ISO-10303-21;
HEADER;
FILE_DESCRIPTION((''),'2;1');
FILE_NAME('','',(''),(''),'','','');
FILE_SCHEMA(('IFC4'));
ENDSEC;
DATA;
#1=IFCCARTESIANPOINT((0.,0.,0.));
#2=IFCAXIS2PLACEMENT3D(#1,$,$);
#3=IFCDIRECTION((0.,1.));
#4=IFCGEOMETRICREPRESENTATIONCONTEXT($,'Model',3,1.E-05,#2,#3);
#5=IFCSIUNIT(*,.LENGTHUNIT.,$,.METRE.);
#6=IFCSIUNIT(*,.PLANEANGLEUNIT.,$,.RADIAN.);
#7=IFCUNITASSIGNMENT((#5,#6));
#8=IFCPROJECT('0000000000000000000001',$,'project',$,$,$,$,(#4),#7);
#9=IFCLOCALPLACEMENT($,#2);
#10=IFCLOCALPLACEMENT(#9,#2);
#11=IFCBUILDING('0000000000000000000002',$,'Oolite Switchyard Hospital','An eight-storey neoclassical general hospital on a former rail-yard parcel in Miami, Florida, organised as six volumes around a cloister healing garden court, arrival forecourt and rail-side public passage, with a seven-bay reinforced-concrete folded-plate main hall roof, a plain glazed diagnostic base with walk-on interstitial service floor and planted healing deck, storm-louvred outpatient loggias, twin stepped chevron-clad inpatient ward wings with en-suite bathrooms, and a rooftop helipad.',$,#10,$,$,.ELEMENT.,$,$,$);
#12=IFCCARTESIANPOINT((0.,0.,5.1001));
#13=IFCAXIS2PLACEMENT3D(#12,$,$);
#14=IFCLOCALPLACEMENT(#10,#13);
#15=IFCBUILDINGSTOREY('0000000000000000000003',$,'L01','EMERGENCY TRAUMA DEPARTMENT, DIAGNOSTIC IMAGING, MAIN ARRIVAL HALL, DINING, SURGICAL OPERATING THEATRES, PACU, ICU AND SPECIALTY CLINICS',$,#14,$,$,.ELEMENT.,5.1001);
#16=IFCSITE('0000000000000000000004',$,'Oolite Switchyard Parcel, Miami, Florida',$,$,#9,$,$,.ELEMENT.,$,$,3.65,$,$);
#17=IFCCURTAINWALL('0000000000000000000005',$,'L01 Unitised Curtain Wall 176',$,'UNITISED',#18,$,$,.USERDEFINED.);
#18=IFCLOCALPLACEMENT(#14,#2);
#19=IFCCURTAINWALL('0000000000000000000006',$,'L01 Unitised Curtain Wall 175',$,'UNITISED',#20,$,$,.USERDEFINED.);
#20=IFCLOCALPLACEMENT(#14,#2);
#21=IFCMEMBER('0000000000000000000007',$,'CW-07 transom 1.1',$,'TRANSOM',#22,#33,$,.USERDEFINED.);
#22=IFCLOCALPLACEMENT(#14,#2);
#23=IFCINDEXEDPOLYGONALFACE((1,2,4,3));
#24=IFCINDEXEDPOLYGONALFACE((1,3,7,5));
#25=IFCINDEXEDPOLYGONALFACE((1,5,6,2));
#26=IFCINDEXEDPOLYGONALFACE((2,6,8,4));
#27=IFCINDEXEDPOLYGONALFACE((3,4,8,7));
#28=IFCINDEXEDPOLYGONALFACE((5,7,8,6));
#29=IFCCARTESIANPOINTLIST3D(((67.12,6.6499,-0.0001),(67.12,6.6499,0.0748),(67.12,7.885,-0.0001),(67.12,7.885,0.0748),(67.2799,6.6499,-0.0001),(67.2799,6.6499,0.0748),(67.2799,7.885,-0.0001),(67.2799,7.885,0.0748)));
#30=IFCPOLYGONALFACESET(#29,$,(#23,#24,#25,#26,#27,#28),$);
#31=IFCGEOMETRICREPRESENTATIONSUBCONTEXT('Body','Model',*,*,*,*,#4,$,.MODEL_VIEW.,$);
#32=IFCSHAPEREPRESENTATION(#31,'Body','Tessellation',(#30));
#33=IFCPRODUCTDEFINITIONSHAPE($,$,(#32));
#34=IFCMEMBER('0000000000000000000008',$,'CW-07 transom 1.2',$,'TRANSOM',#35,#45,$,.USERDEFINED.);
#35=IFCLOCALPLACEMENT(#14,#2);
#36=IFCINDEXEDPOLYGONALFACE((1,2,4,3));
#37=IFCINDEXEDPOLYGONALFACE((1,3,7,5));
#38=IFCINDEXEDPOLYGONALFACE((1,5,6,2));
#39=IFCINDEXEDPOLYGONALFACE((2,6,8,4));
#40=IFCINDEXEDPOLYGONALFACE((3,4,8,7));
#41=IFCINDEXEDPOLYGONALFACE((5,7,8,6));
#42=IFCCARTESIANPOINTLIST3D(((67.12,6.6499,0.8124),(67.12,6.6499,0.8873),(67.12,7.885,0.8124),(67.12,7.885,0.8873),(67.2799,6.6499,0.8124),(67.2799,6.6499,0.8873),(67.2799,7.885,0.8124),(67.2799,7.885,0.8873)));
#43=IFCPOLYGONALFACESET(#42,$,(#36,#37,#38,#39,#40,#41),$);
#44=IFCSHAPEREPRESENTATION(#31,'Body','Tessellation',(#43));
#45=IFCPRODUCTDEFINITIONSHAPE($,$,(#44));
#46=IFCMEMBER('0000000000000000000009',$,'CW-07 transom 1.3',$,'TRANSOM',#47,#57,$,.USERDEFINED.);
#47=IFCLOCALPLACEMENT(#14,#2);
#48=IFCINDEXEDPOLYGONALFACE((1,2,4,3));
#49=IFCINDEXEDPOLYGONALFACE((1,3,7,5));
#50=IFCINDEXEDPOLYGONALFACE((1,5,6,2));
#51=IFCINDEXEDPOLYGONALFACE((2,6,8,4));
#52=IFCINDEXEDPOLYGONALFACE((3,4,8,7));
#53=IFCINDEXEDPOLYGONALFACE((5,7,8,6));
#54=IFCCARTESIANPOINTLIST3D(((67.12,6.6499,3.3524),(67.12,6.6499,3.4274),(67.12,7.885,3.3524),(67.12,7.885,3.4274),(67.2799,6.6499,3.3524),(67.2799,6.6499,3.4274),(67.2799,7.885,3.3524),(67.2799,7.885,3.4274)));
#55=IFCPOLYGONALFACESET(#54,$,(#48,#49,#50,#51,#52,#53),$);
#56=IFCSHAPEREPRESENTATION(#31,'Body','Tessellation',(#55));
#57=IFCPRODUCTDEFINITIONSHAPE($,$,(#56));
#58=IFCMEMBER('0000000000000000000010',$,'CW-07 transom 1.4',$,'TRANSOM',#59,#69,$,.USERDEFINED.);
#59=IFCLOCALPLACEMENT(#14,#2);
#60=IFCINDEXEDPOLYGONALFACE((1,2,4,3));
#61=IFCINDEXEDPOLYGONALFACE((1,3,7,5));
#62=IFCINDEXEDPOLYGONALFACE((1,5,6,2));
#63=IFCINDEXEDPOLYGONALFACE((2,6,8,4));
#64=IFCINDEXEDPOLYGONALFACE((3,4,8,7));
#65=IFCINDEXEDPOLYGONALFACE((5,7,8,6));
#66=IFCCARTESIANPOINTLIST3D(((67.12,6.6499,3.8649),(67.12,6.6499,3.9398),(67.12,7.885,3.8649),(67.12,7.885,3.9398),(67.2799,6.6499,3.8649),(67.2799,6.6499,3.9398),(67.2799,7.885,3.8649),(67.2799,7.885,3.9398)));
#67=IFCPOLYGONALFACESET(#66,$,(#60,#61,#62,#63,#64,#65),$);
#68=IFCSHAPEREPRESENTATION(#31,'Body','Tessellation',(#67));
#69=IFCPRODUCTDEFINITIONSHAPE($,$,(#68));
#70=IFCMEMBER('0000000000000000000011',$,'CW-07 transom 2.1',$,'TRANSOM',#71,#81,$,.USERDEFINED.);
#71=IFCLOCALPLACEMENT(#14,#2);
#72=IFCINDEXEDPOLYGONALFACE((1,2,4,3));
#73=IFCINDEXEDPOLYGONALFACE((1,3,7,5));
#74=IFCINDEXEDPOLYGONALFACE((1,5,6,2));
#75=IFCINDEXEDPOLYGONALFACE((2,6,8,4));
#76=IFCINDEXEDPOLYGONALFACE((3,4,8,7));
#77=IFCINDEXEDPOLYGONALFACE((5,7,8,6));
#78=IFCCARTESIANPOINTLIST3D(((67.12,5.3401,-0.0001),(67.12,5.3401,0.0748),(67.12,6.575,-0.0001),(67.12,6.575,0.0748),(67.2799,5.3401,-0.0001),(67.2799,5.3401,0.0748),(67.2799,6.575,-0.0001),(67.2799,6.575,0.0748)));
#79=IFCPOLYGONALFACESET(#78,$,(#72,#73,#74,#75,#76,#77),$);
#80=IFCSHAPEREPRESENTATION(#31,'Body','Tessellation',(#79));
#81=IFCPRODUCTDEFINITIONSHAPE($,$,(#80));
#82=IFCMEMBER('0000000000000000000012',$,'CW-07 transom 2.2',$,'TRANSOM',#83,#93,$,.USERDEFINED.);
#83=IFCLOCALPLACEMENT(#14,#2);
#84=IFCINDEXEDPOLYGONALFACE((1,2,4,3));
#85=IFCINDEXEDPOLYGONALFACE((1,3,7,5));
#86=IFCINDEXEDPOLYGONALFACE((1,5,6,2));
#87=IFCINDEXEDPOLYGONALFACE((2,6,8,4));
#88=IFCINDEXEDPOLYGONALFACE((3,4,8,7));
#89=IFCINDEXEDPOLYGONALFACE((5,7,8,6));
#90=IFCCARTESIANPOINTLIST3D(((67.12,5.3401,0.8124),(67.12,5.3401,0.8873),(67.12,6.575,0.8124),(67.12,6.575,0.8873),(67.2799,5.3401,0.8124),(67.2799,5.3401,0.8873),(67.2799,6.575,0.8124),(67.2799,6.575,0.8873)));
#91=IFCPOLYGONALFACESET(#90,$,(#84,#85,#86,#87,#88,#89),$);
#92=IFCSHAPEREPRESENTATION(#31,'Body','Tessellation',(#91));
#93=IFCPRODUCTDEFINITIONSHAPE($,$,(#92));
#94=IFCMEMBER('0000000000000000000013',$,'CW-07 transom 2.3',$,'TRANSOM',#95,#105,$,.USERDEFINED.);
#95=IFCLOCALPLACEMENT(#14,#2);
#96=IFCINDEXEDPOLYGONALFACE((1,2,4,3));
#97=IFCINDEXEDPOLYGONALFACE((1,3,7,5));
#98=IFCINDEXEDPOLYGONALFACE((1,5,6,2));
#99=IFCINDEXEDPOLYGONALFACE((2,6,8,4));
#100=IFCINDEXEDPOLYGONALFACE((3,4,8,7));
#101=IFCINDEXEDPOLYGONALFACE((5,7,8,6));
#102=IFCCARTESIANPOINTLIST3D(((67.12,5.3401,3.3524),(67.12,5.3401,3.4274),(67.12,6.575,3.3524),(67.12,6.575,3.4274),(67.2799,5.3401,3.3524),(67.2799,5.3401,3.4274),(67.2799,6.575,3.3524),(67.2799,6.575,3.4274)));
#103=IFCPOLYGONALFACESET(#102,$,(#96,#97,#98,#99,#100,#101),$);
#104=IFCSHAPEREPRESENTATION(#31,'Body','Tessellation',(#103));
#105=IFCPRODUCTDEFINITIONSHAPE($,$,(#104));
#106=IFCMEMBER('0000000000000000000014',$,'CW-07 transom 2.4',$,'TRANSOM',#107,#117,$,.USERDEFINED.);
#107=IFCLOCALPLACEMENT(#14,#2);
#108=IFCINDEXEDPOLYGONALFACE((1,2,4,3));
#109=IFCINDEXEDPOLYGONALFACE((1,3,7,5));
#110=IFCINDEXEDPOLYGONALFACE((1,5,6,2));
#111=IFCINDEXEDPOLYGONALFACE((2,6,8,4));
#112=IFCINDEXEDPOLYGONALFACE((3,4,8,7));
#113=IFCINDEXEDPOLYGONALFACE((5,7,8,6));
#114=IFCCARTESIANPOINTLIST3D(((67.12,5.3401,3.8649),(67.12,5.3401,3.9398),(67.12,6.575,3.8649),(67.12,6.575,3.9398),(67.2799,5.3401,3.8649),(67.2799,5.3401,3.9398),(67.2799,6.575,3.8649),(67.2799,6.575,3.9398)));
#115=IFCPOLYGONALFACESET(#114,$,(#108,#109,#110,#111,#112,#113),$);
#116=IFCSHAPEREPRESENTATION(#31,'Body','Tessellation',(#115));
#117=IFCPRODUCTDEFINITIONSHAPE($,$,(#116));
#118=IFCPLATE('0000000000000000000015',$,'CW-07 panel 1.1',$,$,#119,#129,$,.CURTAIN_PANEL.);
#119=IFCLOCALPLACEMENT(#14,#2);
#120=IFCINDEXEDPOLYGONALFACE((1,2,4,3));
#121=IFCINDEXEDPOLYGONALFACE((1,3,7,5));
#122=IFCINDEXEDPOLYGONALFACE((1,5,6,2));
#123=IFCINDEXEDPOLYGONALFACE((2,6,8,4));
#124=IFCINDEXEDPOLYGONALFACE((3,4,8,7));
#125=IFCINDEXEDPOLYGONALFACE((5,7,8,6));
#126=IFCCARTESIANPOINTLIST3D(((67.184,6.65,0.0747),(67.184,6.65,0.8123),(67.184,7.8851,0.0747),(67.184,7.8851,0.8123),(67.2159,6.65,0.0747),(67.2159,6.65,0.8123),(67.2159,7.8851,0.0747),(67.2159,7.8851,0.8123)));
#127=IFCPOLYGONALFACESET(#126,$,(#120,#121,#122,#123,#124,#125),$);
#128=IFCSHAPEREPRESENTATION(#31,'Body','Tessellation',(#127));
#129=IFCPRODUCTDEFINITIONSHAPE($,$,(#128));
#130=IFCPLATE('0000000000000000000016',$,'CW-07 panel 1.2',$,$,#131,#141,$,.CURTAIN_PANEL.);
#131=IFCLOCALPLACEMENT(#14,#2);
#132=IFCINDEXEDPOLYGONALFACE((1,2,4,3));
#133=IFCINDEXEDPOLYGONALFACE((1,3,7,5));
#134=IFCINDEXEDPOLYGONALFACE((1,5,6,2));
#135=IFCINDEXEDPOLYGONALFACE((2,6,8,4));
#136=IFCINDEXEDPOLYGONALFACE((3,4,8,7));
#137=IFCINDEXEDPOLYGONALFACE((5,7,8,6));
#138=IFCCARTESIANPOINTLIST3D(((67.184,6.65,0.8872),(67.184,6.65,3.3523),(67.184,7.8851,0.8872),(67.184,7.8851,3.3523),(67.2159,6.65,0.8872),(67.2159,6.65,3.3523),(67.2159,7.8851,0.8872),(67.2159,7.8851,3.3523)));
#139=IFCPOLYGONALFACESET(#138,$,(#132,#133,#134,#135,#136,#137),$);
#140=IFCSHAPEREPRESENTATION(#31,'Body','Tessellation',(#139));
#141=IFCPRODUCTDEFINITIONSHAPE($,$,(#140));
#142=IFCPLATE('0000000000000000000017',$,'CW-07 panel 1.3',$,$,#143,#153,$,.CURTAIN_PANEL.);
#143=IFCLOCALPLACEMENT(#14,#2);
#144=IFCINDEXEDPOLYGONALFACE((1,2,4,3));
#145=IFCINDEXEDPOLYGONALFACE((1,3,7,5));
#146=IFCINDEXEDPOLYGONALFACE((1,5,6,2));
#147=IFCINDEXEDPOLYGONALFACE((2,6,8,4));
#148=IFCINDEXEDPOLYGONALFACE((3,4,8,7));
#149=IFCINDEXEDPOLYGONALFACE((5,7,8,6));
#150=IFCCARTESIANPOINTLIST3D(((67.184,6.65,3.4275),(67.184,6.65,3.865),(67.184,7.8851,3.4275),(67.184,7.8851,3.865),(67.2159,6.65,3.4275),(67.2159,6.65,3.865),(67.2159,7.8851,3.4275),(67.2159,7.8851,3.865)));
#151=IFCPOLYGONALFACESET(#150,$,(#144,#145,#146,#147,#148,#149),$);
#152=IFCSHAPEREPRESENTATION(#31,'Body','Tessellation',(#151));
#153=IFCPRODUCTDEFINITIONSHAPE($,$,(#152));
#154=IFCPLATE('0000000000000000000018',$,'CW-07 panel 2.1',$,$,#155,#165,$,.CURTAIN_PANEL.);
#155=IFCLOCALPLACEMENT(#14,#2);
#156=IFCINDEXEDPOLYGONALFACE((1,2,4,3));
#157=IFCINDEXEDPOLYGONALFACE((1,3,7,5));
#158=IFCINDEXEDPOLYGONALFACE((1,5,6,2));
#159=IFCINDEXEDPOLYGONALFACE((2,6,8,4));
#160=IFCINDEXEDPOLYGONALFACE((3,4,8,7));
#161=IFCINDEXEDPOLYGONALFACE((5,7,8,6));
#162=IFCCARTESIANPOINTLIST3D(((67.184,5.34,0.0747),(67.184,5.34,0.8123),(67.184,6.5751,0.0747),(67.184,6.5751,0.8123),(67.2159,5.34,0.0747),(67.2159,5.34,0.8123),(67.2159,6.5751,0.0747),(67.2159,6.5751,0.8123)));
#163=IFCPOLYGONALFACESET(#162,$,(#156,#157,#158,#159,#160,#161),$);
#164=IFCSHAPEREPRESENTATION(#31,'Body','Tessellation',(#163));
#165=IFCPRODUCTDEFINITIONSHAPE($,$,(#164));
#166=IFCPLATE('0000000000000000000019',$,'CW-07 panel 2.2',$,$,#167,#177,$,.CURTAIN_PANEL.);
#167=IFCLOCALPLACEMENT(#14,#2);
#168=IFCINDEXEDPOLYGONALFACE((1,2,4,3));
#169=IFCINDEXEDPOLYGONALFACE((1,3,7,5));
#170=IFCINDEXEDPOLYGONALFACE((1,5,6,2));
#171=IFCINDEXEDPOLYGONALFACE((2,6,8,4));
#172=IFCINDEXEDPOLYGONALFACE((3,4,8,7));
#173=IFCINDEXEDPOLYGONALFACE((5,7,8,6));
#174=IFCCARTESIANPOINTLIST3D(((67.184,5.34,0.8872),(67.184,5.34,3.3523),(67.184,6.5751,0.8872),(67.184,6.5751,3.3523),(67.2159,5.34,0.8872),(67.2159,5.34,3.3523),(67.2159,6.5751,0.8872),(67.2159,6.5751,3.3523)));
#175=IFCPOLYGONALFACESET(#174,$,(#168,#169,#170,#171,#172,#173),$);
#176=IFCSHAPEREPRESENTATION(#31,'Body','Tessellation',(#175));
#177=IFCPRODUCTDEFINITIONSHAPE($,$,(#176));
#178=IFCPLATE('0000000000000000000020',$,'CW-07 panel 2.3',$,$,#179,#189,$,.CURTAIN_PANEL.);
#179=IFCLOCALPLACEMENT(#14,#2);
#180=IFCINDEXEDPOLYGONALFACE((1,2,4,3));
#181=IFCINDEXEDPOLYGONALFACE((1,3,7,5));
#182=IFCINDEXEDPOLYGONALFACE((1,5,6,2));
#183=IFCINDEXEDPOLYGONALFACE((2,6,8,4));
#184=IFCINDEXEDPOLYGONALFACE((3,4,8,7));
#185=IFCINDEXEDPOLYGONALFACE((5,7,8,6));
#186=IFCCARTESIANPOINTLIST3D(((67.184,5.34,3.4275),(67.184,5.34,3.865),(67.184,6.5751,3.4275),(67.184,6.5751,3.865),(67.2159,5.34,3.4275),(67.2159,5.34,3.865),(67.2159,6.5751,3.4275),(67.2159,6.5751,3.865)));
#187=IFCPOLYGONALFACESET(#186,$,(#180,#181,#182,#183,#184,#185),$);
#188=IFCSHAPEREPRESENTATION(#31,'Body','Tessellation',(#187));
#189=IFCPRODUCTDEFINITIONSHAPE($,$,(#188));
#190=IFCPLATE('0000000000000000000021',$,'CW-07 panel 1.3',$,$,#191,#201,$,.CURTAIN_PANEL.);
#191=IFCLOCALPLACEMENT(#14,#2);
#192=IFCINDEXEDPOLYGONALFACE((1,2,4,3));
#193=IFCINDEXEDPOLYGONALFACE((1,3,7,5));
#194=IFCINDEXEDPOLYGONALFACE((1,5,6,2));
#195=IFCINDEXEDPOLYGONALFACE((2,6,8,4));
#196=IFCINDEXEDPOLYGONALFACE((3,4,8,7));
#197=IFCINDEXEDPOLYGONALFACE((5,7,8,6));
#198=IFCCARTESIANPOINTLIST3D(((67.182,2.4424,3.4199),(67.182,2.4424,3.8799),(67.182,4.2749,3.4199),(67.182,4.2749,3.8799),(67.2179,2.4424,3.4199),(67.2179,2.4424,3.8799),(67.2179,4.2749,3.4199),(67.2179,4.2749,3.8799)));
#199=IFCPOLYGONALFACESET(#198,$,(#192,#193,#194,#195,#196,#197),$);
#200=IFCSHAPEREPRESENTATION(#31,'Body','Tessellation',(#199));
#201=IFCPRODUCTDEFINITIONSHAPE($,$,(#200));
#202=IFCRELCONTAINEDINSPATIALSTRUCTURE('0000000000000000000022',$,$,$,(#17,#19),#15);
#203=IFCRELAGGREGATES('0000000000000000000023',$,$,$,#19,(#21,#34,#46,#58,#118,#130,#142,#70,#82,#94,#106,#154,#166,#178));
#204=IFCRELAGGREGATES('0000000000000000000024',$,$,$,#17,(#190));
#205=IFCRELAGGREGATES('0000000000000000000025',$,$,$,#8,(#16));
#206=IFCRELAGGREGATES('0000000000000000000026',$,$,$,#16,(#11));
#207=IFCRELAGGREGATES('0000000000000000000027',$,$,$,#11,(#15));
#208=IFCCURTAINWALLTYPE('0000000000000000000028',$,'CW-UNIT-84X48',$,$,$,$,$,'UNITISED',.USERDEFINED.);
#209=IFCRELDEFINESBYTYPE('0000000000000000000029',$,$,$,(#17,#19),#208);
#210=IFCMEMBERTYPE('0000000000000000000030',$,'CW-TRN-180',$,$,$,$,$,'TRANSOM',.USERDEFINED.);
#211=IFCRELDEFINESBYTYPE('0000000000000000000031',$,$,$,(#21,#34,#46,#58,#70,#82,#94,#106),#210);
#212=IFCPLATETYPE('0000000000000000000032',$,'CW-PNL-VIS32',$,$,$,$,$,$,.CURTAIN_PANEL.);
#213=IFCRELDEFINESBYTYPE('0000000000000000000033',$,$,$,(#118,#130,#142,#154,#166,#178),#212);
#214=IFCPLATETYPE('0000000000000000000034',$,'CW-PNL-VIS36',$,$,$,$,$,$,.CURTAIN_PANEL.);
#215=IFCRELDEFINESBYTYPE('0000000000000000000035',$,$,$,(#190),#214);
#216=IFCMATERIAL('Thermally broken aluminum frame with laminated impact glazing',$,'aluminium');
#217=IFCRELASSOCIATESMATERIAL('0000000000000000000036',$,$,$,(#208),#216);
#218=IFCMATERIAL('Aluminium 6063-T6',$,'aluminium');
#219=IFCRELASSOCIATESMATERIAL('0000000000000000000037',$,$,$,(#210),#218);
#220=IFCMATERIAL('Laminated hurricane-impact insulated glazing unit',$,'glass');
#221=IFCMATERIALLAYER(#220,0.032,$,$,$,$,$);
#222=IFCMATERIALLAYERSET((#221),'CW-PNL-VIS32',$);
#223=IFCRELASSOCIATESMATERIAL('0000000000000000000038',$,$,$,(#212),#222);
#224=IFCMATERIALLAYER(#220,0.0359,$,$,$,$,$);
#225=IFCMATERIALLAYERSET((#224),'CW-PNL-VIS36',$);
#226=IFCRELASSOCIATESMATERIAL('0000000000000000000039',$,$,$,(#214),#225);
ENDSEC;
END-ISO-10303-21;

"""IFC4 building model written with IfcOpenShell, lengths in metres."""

from ifc_helpers import new_model, si_unit, direction, frame, origin, origin_2d, place, context, subcontext, project, spatial, rectangle, extrude, material, layer, layer_set, material_profile, profile_set, type_object, element, aggregate, save


model = new_model("IFC4")

# Units and contexts
model_context = context("Model", 3, precision=1e-05, world=origin(), true_north=direction((0.0, 1.0)))
body_context = subcontext(model_context, "Body", "Model", "MODEL_VIEW")
ifc_project = project(units=[si_unit("LENGTHUNIT", "METRE"), si_unit("PLANEANGLEUNIT", "RADIAN")], contexts=[model_context])

# Site, building, storey
site_placement = place(None, origin())
site = spatial("IfcSite", under=ifc_project, at=site_placement, Name="Oolite Switchyard Parcel, Miami, Florida", CompositionType="ELEMENT", RefElevation=3.65)
building_placement = place(site_placement, origin())
building = spatial("IfcBuilding", under=site, at=building_placement, Name="Oolite Switchyard Hospital", Description="An eight-storey neoclassical general hospital on a former rail-yard parcel in Miami, Florida, organised as six volumes around a cloister healing garden court, arrival forecourt and rail-side public passage, with a seven-bay reinforced-concrete folded-plate main hall roof, a plain glazed diagnostic base with walk-on interstitial service floor and planted healing deck, storm-louvred outpatient loggias, twin stepped chevron-clad inpatient ward wings with en-suite bathrooms, and a rooftop helipad.", CompositionType="ELEMENT")
storey_placement = place(building_placement, frame((0.0, 0.0, 5.1001)))
storey = spatial("IfcBuildingStorey", under=building, at=storey_placement, Name="L01", Description="EMERGENCY TRAUMA DEPARTMENT, DIAGNOSTIC IMAGING, MAIN ARRIVAL HALL, DINING, SURGICAL OPERATING THEATRES, PACU, ICU AND SPECIALTY CLINICS", CompositionType="ELEMENT", Elevation=5.1001)

# Curtain wall
ifc_material_1 = material(Name="Thermally broken aluminum frame with laminated impact glazing", Category="aluminium")
curtain_wall_type = type_object("IfcCurtainWallType", Name="CW-UNIT-84X48", ElementType="UNITISED", PredefinedType="USERDEFINED", material=ifc_material_1)
curtain_wall_1_placement = place(storey_placement, origin())
curtain_wall_1 = element("IfcCurtainWall", 1, at=curtain_wall_1_placement, inside=storey, type_object=curtain_wall_type, Name="L01 Unitised Curtain Wall 176", ObjectType="UNITISED", PredefinedType="USERDEFINED")
ifc_material_2 = material(Name="Aluminium 6063-T6", Category="aluminium")

# Curtain wall
curtain_wall_2_placement = place(storey_placement, origin())
curtain_wall_2 = element("IfcCurtainWall", 2, at=curtain_wall_2_placement, inside=storey, type_object=curtain_wall_type, Name="L01 Unitised Curtain Wall 175", ObjectType="UNITISED", PredefinedType="USERDEFINED")

# Members
ifc_material_profile_1 = material_profile(ifc_material_2, rectangle(XDim=0.1599, YDim=0.075, at=origin_2d()), Name="CWT75X160")
ifc_profile_set_1 = profile_set([ifc_material_profile_1], Name="Aluminium 6063-T6")
member_type_1 = type_object("IfcMemberType", Name="CW-TRN-180", ElementType="TRANSOM", PredefinedType="USERDEFINED", material=ifc_profile_set_1)
member_1_placement = place(storey_placement, frame((67.2, 7.885, 0.0374), z_axis=(0.0, -1.0, 0.0), x_axis=(1.0, 0.0, 0.0)))
member_1 = element("IfcMember", 3, at=member_1_placement, type_object=member_type_1, Name="CW-07 transom 1.1", ObjectType="TRANSOM", PredefinedType="USERDEFINED", context=body_context, shape_type="SweptSolid", body=[
    extrude(rectangle(XDim=0.1599, YDim=0.075, at=origin_2d()), origin(), (0.0, 0.0, 1.0), 1.2351),
])
member_2_placement = place(storey_placement, frame((67.2, 7.885, 0.8499), z_axis=(0.0, -1.0, 0.0), x_axis=(1.0, 0.0, 0.0)))
member_2 = element("IfcMember", 4, at=member_2_placement, type_object=member_type_1, Name="CW-07 transom 1.2", ObjectType="TRANSOM", PredefinedType="USERDEFINED", context=body_context, shape_type="SweptSolid", body=[
    extrude(rectangle(XDim=0.1599, YDim=0.075, at=origin_2d()), origin(), (0.0, 0.0, 1.0), 1.2351),
])
member_3_placement = place(storey_placement, frame((67.2, 7.885, 3.3899), z_axis=(0.0, -1.0, 0.0), x_axis=(1.0, 0.0, 0.0)))
member_3 = element("IfcMember", 5, at=member_3_placement, type_object=member_type_1, Name="CW-07 transom 1.3", ObjectType="TRANSOM", PredefinedType="USERDEFINED", context=body_context, shape_type="SweptSolid", body=[
    extrude(rectangle(XDim=0.1599, YDim=0.075, at=origin_2d()), origin(), (0.0, 0.0, 1.0), 1.2351),
])
member_4_placement = place(storey_placement, frame((67.2, 7.885, 3.9023), z_axis=(0.0, -1.0, 0.0), x_axis=(1.0, 0.0, 0.0)))
member_4 = element("IfcMember", 6, at=member_4_placement, type_object=member_type_1, Name="CW-07 transom 1.4", ObjectType="TRANSOM", PredefinedType="USERDEFINED", context=body_context, shape_type="SweptSolid", body=[
    extrude(rectangle(XDim=0.1599, YDim=0.075, at=origin_2d()), origin(), (0.0, 0.0, 1.0), 1.2351),
])
member_5_placement = place(storey_placement, frame((67.2, 6.575, 0.0374), z_axis=(0.0, -1.0, 0.0), x_axis=(1.0, 0.0, 0.0)))
member_5 = element("IfcMember", 7, at=member_5_placement, type_object=member_type_1, Name="CW-07 transom 2.1", ObjectType="TRANSOM", PredefinedType="USERDEFINED", context=body_context, shape_type="SweptSolid", body=[
    extrude(rectangle(XDim=0.1599, YDim=0.075, at=origin_2d()), origin(), (0.0, 0.0, 1.0), 1.2349),
])
member_6_placement = place(storey_placement, frame((67.2, 6.575, 0.8499), z_axis=(0.0, -1.0, 0.0), x_axis=(1.0, 0.0, 0.0)))
member_6 = element("IfcMember", 8, at=member_6_placement, type_object=member_type_1, Name="CW-07 transom 2.2", ObjectType="TRANSOM", PredefinedType="USERDEFINED", context=body_context, shape_type="SweptSolid", body=[
    extrude(rectangle(XDim=0.1599, YDim=0.075, at=origin_2d()), origin(), (0.0, 0.0, 1.0), 1.2349),
])
member_7_placement = place(storey_placement, frame((67.2, 6.575, 3.3899), z_axis=(0.0, -1.0, 0.0), x_axis=(1.0, 0.0, 0.0)))
member_7 = element("IfcMember", 9, at=member_7_placement, type_object=member_type_1, Name="CW-07 transom 2.3", ObjectType="TRANSOM", PredefinedType="USERDEFINED", context=body_context, shape_type="SweptSolid", body=[
    extrude(rectangle(XDim=0.1599, YDim=0.075, at=origin_2d()), origin(), (0.0, 0.0, 1.0), 1.2349),
])
member_8_placement = place(storey_placement, frame((67.2, 6.575, 3.9023), z_axis=(0.0, -1.0, 0.0), x_axis=(1.0, 0.0, 0.0)))
member_8 = element("IfcMember", 10, at=member_8_placement, type_object=member_type_1, Name="CW-07 transom 2.4", ObjectType="TRANSOM", PredefinedType="USERDEFINED", context=body_context, shape_type="SweptSolid", body=[
    extrude(rectangle(XDim=0.1599, YDim=0.075, at=origin_2d()), origin(), (0.0, 0.0, 1.0), 1.2349),
])

# Plates
ifc_material_3 = material(Name="Laminated hurricane-impact insulated glazing unit", Category="glass")
ifc_layer_1 = layer(ifc_material_3, 0.032)
ifc_layer_set_1 = layer_set([ifc_layer_1], Name="CW-PNL-VIS32")
plate_type_1 = type_object("IfcPlateType", Name="CW-PNL-VIS32", PredefinedType="CURTAIN_PANEL", material=ifc_layer_set_1)
plate_1_placement = place(storey_placement, frame((67.2, 7.2676, 0.0747), z_axis=(0.0, 0.0, 1.0), x_axis=(0.0, -1.0, 0.0)))
plate_1 = element("IfcPlate", 11, at=plate_1_placement, type_object=plate_type_1, Name="CW-07 panel 1.1", PredefinedType="CURTAIN_PANEL", context=body_context, shape_type="SweptSolid", body=[
    extrude(rectangle(XDim=1.2351, YDim=0.032, at=origin_2d()), origin(), (0.0, 0.0, 1.0), 0.7375),
])
plate_2_placement = place(storey_placement, frame((67.2, 7.2676, 0.8872), z_axis=(0.0, 0.0, 1.0), x_axis=(0.0, -1.0, 0.0)))
plate_2 = element("IfcPlate", 12, at=plate_2_placement, type_object=plate_type_1, Name="CW-07 panel 1.2", PredefinedType="CURTAIN_PANEL", context=body_context, shape_type="SweptSolid", body=[
    extrude(rectangle(XDim=1.2351, YDim=0.032, at=origin_2d()), origin(), (0.0, 0.0, 1.0), 2.4651),
])
plate_3_placement = place(storey_placement, frame((67.2, 7.2676, 3.4275), z_axis=(0.0, 0.0, 1.0), x_axis=(0.0, -1.0, 0.0)))
plate_3 = element("IfcPlate", 13, at=plate_3_placement, type_object=plate_type_1, Name="CW-07 panel 1.3", PredefinedType="CURTAIN_PANEL", context=body_context, shape_type="SweptSolid", body=[
    extrude(rectangle(XDim=1.2351, YDim=0.032, at=origin_2d()), origin(), (0.0, 0.0, 1.0), 0.4375),
])
plate_4_placement = place(storey_placement, frame((67.2, 5.9575, 0.0747), z_axis=(0.0, 0.0, 1.0), x_axis=(0.0, -1.0, 0.0)))
plate_4 = element("IfcPlate", 14, at=plate_4_placement, type_object=plate_type_1, Name="CW-07 panel 2.1", PredefinedType="CURTAIN_PANEL", context=body_context, shape_type="SweptSolid", body=[
    extrude(rectangle(XDim=1.2351, YDim=0.032, at=origin_2d()), origin(), (0.0, 0.0, 1.0), 0.7375),
])
plate_5_placement = place(storey_placement, frame((67.2, 5.9575, 0.8872), z_axis=(0.0, 0.0, 1.0), x_axis=(0.0, -1.0, 0.0)))
plate_5 = element("IfcPlate", 15, at=plate_5_placement, type_object=plate_type_1, Name="CW-07 panel 2.2", PredefinedType="CURTAIN_PANEL", context=body_context, shape_type="SweptSolid", body=[
    extrude(rectangle(XDim=1.2351, YDim=0.032, at=origin_2d()), origin(), (0.0, 0.0, 1.0), 2.4651),
])
plate_6_placement = place(storey_placement, frame((67.2, 5.9575, 3.4275), z_axis=(0.0, 0.0, 1.0), x_axis=(0.0, -1.0, 0.0)))
plate_6 = element("IfcPlate", 16, at=plate_6_placement, type_object=plate_type_1, Name="CW-07 panel 2.3", PredefinedType="CURTAIN_PANEL", context=body_context, shape_type="SweptSolid", body=[
    extrude(rectangle(XDim=1.2351, YDim=0.032, at=origin_2d()), origin(), (0.0, 0.0, 1.0), 0.4375),
])
aggregate(curtain_wall_2, [member_1, member_2, member_3, member_4, plate_1, plate_2, plate_3, member_5, member_6, member_7, member_8, plate_4, plate_5, plate_6])
ifc_layer_2 = layer(ifc_material_3, 0.0359)
ifc_layer_set_2 = layer_set([ifc_layer_2], Name="CW-PNL-VIS36")
plate_type_2 = type_object("IfcPlateType", Name="CW-PNL-VIS36", PredefinedType="CURTAIN_PANEL", material=ifc_layer_set_2)
plate_7_placement = place(storey_placement, frame((67.2, 3.3586, 3.4199), z_axis=(0.0, 0.0, 1.0), x_axis=(0.0, -1.0, 0.0)))
plate_7 = element("IfcPlate", 17, at=plate_7_placement, type_object=plate_type_2, Name="CW-07 panel 1.3", PredefinedType="CURTAIN_PANEL", context=body_context, shape_type="SweptSolid", body=[
    extrude(rectangle(XDim=1.8325, YDim=0.0359, at=origin_2d()), origin(), (0.0, 0.0, 1.0), 0.46),
])
aggregate(curtain_wall_1, [plate_7])

save(model, "model.ifc")
